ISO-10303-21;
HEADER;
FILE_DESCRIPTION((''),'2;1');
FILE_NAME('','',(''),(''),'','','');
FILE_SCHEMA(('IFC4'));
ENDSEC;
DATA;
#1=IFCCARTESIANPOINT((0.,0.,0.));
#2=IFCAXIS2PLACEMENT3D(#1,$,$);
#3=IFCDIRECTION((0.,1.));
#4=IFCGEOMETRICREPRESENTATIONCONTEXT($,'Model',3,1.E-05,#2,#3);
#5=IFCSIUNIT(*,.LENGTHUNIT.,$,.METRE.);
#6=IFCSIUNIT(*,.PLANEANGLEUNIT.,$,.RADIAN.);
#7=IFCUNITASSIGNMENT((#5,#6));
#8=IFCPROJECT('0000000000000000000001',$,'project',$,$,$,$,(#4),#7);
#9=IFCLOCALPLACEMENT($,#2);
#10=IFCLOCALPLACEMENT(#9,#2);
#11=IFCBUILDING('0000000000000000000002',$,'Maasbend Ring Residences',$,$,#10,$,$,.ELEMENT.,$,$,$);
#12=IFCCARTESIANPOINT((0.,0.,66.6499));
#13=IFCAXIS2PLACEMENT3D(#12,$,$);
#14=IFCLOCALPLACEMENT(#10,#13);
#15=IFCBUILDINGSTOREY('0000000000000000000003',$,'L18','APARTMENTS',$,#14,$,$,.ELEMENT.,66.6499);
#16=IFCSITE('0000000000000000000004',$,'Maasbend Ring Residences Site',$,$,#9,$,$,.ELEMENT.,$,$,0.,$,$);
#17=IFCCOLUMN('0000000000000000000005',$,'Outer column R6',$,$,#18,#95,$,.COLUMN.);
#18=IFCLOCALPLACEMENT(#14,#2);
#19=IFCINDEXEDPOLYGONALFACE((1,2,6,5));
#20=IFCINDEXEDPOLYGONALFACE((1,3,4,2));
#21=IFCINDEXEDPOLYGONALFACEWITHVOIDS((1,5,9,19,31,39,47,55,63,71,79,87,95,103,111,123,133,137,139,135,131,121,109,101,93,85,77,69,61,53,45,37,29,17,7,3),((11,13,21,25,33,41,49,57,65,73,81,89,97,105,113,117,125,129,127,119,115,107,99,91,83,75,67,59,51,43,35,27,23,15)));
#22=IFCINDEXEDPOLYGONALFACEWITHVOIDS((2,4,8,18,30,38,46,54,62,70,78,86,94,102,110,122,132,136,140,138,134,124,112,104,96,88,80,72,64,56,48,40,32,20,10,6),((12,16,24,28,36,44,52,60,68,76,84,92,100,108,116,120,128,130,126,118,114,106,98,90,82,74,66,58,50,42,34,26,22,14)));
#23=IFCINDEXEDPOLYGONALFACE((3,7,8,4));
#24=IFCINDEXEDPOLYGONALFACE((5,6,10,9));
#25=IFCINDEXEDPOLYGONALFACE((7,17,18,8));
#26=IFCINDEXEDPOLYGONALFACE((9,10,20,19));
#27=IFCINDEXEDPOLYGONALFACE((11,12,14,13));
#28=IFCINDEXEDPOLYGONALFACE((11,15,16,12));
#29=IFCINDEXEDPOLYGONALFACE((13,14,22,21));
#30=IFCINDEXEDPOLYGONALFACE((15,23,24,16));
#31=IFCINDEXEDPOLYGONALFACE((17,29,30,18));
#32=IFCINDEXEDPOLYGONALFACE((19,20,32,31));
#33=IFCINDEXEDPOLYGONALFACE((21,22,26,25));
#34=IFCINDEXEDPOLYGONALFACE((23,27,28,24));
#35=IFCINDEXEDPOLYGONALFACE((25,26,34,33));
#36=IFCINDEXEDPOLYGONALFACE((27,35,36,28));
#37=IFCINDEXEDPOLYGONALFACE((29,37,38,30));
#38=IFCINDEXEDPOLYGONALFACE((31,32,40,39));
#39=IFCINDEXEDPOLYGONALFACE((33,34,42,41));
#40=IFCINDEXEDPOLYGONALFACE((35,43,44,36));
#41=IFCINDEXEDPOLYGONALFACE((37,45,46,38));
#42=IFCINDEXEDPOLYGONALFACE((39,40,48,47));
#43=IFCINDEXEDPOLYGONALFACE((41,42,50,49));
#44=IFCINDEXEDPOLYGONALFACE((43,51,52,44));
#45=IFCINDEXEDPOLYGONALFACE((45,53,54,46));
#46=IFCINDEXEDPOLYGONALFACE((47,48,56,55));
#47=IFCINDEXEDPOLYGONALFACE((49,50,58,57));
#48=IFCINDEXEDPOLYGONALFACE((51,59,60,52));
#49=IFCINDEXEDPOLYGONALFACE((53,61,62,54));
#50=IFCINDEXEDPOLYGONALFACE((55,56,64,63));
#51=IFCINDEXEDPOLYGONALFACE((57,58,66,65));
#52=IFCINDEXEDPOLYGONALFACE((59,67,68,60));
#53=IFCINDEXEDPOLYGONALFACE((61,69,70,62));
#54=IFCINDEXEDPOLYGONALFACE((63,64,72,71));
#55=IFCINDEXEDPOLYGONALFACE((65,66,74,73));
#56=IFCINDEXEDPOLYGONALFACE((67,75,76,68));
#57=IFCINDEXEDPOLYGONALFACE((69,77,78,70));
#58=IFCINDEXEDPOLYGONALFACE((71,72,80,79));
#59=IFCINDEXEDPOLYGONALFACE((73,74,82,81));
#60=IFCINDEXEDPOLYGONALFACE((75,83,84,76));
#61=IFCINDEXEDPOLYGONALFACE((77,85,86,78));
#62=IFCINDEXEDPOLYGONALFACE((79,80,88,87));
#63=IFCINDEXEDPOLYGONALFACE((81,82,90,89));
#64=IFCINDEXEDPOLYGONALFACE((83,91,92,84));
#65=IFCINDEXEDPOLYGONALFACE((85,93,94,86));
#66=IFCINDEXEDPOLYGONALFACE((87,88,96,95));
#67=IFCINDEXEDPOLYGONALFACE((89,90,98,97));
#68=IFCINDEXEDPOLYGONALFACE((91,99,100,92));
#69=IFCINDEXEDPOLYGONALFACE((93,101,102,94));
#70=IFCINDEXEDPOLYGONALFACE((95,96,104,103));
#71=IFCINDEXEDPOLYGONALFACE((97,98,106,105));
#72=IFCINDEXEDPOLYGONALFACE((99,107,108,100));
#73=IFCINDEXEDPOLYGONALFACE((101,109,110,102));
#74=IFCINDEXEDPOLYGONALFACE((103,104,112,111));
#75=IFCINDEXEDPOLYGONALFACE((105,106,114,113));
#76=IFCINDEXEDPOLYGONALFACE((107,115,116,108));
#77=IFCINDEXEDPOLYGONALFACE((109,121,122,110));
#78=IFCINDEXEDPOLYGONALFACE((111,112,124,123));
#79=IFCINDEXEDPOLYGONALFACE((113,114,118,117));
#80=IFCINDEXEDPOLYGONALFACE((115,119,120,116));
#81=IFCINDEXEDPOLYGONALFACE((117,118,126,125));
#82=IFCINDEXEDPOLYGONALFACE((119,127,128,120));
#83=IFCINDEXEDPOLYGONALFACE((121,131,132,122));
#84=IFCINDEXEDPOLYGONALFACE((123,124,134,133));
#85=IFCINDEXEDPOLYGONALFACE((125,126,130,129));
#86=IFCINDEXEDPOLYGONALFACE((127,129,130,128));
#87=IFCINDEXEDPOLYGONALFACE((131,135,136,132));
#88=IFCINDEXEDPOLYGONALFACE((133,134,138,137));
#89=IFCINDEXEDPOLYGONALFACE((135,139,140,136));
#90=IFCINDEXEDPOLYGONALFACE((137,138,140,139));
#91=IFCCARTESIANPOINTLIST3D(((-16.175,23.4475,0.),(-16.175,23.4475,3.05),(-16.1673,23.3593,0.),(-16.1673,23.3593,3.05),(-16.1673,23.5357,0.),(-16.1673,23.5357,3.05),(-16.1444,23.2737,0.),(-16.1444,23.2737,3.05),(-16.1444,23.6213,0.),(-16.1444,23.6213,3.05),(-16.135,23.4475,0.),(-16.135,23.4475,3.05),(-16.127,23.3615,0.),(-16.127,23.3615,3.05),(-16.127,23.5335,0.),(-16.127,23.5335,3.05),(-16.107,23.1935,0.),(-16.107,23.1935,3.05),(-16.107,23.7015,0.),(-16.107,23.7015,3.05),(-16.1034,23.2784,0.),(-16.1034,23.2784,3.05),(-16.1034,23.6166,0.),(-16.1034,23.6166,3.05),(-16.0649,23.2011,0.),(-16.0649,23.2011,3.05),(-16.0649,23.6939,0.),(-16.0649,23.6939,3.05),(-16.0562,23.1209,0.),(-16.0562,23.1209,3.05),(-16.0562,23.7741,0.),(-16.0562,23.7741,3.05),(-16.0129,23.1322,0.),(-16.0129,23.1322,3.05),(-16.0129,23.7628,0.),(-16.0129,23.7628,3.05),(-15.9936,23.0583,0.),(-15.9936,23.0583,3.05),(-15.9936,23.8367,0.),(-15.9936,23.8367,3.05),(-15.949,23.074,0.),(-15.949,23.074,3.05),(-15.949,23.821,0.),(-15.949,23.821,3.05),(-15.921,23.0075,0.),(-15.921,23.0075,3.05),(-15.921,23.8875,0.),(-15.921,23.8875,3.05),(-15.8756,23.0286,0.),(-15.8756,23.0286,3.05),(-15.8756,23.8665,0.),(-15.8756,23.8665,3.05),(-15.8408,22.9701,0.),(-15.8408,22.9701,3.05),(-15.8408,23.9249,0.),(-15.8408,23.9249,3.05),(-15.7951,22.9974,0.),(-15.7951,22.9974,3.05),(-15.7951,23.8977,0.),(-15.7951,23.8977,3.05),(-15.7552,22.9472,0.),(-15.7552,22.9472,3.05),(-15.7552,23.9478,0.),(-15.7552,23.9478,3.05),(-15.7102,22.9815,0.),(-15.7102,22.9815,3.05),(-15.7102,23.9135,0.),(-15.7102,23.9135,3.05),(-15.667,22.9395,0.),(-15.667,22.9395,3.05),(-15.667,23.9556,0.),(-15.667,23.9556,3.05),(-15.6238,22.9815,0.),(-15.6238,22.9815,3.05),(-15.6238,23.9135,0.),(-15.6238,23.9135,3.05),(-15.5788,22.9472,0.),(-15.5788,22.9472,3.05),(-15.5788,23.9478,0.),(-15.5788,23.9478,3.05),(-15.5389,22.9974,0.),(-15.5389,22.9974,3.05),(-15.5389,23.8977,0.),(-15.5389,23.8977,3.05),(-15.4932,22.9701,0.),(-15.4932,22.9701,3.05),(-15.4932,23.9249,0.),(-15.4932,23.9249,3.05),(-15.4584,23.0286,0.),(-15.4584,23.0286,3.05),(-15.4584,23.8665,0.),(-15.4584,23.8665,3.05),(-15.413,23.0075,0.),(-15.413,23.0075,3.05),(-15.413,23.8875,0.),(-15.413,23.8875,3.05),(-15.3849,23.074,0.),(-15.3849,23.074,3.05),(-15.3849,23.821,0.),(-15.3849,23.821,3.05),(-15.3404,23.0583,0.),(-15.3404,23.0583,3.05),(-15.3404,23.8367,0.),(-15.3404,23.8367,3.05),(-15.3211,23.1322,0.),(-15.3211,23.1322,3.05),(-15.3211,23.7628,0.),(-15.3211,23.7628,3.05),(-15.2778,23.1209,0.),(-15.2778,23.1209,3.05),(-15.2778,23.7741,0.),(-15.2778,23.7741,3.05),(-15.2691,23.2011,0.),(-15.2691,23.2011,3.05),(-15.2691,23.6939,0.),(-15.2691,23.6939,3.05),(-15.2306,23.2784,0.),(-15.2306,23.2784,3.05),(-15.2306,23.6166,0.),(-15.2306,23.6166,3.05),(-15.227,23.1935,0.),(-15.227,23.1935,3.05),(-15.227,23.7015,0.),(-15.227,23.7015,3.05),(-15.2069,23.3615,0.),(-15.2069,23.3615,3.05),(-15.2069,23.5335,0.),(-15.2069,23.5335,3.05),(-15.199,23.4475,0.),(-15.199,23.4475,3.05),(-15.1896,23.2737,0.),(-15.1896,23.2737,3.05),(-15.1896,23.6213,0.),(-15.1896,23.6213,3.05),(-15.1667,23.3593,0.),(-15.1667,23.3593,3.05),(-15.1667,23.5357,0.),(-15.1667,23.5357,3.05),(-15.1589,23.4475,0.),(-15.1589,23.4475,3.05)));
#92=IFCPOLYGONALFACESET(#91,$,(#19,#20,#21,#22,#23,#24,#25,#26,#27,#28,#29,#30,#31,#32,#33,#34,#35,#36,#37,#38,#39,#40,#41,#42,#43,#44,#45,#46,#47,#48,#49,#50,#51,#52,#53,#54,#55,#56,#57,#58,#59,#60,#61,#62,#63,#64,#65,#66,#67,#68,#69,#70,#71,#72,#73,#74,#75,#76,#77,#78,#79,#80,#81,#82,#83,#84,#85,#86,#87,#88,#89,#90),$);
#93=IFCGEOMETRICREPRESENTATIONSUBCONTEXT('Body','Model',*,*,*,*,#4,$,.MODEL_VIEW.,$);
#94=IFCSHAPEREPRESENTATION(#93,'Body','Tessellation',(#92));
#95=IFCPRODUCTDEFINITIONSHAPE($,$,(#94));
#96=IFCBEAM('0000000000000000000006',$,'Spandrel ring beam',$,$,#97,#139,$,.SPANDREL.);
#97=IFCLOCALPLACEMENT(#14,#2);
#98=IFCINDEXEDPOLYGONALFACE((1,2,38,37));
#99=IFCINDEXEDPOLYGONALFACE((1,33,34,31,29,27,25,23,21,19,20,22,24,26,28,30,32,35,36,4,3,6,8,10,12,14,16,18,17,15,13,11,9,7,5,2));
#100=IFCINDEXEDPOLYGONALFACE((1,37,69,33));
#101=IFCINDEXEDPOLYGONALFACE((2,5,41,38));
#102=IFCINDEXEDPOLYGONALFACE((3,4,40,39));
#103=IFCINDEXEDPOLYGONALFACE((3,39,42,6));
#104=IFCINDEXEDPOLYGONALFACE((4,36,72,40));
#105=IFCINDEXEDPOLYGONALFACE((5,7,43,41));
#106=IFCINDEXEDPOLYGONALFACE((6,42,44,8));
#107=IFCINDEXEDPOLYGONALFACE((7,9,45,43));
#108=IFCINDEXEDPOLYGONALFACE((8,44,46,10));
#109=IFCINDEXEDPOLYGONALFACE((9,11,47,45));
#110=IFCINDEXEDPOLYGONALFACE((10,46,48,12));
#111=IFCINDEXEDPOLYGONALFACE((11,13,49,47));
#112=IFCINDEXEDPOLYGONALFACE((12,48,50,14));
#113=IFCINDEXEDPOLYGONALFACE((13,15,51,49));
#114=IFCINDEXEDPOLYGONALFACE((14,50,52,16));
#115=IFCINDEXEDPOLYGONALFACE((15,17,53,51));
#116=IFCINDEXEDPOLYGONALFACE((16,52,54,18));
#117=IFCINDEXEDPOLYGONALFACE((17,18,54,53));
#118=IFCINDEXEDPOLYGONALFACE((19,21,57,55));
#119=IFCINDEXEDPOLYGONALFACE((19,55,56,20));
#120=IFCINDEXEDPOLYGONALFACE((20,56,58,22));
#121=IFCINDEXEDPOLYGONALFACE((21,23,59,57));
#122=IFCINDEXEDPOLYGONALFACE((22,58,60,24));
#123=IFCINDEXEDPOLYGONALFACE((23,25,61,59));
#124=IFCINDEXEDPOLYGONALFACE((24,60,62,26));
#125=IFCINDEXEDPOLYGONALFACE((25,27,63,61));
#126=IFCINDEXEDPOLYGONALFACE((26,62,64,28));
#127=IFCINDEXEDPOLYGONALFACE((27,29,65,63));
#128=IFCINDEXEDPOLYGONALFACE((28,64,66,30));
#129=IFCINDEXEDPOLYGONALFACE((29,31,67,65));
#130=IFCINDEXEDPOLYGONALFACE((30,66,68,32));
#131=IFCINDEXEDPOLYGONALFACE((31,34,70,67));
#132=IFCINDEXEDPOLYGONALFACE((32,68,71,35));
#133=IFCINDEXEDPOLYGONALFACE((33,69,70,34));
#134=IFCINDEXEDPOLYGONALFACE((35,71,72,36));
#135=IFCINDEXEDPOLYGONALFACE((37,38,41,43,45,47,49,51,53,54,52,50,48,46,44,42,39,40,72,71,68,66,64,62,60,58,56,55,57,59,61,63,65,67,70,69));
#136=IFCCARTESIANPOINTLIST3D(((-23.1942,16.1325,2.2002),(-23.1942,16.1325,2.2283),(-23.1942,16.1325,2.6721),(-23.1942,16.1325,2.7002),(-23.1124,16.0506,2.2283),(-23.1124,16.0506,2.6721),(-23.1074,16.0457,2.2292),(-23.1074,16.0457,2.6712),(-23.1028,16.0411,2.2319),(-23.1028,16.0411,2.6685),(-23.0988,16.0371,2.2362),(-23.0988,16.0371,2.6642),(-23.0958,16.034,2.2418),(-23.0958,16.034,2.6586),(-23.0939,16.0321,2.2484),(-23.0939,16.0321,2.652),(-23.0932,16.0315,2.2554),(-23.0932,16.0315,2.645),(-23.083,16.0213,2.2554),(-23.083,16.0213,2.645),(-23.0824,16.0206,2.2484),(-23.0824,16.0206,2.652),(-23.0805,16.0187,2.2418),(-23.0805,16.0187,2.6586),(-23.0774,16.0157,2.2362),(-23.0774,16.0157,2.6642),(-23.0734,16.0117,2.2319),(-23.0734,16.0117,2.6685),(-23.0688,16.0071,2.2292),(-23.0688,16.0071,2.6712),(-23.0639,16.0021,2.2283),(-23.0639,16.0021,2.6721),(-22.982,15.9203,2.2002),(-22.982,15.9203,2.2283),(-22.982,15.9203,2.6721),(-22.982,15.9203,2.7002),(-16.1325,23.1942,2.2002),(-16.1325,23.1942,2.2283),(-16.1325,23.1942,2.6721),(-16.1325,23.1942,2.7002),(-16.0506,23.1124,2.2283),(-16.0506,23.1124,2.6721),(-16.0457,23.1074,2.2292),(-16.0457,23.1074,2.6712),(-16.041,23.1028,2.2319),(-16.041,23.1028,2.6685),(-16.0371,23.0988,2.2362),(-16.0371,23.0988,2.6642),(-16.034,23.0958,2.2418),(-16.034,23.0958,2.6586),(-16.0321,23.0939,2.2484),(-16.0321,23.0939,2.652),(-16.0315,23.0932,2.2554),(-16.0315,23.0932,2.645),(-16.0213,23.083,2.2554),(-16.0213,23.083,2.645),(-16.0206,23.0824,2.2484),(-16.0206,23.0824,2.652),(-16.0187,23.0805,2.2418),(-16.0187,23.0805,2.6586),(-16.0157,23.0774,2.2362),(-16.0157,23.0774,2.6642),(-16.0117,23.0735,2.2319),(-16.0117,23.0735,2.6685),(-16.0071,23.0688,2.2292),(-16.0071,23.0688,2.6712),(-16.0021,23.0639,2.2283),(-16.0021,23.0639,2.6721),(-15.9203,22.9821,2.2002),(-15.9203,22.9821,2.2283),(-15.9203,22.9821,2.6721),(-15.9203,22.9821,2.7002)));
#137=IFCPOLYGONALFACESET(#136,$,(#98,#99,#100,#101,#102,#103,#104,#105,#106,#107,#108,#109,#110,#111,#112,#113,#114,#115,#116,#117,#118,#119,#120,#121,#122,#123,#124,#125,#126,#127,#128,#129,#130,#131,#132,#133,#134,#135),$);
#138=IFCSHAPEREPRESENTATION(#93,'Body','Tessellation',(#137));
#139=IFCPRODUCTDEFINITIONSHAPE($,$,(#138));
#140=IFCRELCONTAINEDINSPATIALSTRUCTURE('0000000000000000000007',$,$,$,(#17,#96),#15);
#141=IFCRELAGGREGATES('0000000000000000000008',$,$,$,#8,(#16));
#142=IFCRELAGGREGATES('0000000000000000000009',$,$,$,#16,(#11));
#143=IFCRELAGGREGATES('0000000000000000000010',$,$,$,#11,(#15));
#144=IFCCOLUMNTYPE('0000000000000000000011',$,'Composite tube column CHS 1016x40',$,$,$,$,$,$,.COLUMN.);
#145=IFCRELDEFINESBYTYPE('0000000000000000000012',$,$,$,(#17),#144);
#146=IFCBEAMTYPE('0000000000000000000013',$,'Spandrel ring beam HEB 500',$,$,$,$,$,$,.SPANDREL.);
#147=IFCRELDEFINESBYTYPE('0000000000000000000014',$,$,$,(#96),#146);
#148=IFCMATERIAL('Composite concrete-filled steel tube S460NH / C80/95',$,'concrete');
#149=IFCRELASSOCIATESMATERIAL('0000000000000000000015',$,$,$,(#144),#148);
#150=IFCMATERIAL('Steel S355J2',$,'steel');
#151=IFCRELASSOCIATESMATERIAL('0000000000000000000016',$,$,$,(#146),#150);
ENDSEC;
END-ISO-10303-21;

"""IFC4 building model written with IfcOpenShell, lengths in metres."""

from ifc_helpers import new_model, si_unit, direction, frame, origin, origin_2d, place, context, subcontext, project, spatial, hollow_circle, i_section, extrude, material, material_profile, profile_set, type_object, element, save


model = new_model("IFC4")

# Units and contexts
model_context = context("Model", 3, precision=1e-05, world=origin(), true_north=direction((0.0, 1.0)))
body_context = subcontext(model_context, "Body", "Model", "MODEL_VIEW")
ifc_project = project(units=[si_unit("LENGTHUNIT", "METRE"), si_unit("PLANEANGLEUNIT", "RADIAN")], contexts=[model_context])

# Site, building, storey
site_placement = place(None, origin())
site = spatial("IfcSite", under=ifc_project, at=site_placement, Name="Maasbend Ring Residences Site", CompositionType="ELEMENT", RefElevation=0.0)
building_placement = place(site_placement, origin())
building = spatial("IfcBuilding", under=site, at=building_placement, Name="Maasbend Ring Residences", CompositionType="ELEMENT")
storey_placement = place(building_placement, frame((0.0, 0.0, 66.6499)))
storey = spatial("IfcBuildingStorey", under=building, at=storey_placement, Name="L18", Description="APARTMENTS", CompositionType="ELEMENT", Elevation=66.6499)

# Column
ifc_material_1 = material(Name="Composite concrete-filled steel tube S460NH / C80/95", Category="concrete")
ifc_material_profile_1 = material_profile(ifc_material_1, hollow_circle(Radius=0.5081, WallThickness=0.04, at=origin_2d()), Name="Composite tube column CHS 1016x40")
ifc_profile_set_1 = profile_set([ifc_material_profile_1], Name="Composite concrete-filled steel tube S460NH / C80/95")
column_type = type_object("IfcColumnType", Name="Composite tube column CHS 1016x40", PredefinedType="COLUMN", material=ifc_profile_set_1)
column_placement = place(storey_placement, frame((-15.667, 23.4475, 0.0), z_axis=(0.0, 0.0, 1.0), x_axis=(1.0, 0.0, 0.0)))
element("IfcColumn", 1, at=column_placement, inside=storey, type_object=column_type, Name="Outer column R6", PredefinedType="COLUMN", context=body_context, shape_type="SweptSolid", body=[
    extrude(hollow_circle(Radius=0.5081, WallThickness=0.04, at=origin_2d()), origin(), (0.0, 0.0, 1.0), 3.05),
])

# Beam
ifc_material_2 = material(Name="Steel S355J2", Category="steel")
ifc_material_profile_2 = material_profile(ifc_material_2, i_section(OverallWidth=0.3, OverallDepth=0.5, WebThickness=0.0144, FlangeThickness=0.0281, FilletRadius=0.0271, at=origin_2d()), Name="HEB 500")
ifc_profile_set_2 = profile_set([ifc_material_profile_2], Name="Steel S355J2")
beam_type = type_object("IfcBeamType", Name="Spandrel ring beam HEB 500", PredefinedType="SPANDREL", material=ifc_profile_set_2)
beam_placement = place(storey_placement, frame((-16.0264, 23.0881, 2.4502), z_axis=(-0.707107, -0.707107, 0.0), x_axis=(0.707107, -0.707107, 0.0)))
element("IfcBeam", 2, at=beam_placement, inside=storey, type_object=beam_type, Name="Spandrel ring beam", PredefinedType="SPANDREL", context=body_context, shape_type="SweptSolid", body=[
    extrude(i_section(OverallWidth=0.3, OverallDepth=0.5, WebThickness=0.0144, FlangeThickness=0.0281, FilletRadius=0.0271, at=origin_2d()), origin(), (0.0, 0.0, 1.0), 9.9868),
])

save(model, "model.ifc")
